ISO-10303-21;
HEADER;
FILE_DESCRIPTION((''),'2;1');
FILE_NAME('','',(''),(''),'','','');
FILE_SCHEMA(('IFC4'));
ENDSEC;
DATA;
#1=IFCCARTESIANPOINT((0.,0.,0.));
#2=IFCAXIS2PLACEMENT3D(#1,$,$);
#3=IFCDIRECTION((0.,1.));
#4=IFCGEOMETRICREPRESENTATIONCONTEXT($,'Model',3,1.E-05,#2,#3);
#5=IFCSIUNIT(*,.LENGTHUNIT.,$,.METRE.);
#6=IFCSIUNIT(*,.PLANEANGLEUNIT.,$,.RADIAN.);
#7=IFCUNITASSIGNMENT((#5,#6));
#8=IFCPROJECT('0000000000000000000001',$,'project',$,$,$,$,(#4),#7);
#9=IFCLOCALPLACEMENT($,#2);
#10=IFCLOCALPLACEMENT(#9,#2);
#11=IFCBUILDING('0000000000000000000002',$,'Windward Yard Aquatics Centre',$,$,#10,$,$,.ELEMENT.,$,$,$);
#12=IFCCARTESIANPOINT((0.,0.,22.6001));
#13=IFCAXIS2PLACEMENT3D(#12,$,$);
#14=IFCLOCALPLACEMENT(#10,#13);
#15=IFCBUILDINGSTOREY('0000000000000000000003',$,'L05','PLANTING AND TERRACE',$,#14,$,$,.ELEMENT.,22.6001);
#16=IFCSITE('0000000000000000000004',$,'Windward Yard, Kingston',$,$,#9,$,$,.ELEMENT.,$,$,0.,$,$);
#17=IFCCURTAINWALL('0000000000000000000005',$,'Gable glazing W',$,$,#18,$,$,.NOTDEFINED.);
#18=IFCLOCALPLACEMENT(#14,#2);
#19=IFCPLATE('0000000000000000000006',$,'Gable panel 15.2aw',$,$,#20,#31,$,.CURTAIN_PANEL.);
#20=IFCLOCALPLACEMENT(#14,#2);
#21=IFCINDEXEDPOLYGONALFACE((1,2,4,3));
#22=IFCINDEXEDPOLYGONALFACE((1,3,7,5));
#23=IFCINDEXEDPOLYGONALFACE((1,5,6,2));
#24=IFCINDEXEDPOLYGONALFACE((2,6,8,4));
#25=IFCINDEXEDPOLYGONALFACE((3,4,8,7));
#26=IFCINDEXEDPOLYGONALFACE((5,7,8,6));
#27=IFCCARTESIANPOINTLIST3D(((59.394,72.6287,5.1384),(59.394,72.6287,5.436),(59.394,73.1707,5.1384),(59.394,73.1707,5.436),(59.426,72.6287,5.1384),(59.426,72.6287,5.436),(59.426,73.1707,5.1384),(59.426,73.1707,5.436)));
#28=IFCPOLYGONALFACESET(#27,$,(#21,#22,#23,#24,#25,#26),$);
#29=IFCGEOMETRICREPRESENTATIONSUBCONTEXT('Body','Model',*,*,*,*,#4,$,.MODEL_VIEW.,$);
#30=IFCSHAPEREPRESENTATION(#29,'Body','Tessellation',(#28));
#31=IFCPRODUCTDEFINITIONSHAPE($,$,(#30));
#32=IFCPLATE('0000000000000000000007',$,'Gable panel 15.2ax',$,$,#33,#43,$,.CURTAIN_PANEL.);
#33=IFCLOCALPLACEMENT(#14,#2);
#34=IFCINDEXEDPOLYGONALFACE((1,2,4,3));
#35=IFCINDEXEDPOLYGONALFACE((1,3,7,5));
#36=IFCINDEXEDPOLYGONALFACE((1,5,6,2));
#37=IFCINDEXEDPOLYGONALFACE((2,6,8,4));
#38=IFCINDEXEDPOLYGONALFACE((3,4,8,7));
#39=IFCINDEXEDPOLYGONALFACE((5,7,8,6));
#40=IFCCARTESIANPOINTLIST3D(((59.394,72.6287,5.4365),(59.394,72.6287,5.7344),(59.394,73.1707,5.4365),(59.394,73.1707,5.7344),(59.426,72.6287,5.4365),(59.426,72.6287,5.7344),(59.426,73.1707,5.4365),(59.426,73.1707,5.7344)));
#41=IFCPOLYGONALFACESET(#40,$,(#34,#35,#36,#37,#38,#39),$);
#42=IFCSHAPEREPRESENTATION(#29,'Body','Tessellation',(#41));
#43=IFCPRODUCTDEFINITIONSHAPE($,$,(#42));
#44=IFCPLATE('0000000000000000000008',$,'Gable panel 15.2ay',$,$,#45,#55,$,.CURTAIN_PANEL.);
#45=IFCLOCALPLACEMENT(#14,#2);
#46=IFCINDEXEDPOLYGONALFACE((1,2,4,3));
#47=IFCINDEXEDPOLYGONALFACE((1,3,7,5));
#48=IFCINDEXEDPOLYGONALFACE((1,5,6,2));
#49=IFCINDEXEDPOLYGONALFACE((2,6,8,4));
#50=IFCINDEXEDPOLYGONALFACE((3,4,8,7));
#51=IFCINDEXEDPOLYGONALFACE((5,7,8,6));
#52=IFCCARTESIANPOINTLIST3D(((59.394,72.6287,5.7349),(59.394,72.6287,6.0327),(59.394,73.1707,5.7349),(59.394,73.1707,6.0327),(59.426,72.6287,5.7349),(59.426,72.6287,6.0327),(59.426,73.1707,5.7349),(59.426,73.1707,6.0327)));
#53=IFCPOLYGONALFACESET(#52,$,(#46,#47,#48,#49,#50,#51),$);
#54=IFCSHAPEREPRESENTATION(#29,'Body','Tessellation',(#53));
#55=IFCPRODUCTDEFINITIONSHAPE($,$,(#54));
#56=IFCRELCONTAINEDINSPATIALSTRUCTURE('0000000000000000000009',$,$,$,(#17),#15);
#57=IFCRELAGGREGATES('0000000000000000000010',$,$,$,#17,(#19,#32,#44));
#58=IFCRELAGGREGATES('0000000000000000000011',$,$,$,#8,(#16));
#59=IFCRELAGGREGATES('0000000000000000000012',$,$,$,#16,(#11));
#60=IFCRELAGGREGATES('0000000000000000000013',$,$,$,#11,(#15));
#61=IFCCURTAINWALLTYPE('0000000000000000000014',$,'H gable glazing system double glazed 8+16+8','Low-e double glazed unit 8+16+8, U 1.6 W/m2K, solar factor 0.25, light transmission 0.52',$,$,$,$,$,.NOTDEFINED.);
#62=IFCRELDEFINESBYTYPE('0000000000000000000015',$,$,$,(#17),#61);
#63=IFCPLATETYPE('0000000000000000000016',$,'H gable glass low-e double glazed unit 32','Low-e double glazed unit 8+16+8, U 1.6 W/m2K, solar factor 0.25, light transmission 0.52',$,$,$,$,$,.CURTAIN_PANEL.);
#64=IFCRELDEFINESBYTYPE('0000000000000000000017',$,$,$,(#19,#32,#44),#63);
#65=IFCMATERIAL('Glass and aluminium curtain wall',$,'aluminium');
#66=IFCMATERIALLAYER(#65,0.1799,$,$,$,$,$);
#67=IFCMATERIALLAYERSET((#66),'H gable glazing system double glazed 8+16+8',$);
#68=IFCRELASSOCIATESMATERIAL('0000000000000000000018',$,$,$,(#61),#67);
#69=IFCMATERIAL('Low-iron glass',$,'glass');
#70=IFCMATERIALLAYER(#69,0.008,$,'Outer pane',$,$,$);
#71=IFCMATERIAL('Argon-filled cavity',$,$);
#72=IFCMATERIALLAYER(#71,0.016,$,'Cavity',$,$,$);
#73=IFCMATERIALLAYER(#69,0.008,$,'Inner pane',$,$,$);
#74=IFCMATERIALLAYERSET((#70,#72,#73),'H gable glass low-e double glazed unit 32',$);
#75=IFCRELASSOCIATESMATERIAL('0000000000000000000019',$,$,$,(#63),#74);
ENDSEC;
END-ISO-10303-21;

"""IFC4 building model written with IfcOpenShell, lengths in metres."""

from ifc_helpers import new_model, si_unit, direction, frame, origin, place, context, subcontext, project, spatial, polyline, outline, extrude, material, layer, layer_set, type_object, element, aggregate, save


model = new_model("IFC4")

# Units and contexts
model_context = context("Model", 3, precision=1e-05, world=origin(), true_north=direction((0.0, 1.0)))
body_context = subcontext(model_context, "Body", "Model", "MODEL_VIEW")
ifc_project = project(units=[si_unit("LENGTHUNIT", "METRE"), si_unit("PLANEANGLEUNIT", "RADIAN")], contexts=[model_context])

# Site, building, storey
site_placement = place(None, origin())
site = spatial("IfcSite", under=ifc_project, at=site_placement, Name="Windward Yard, Kingston", CompositionType="ELEMENT", RefElevation=0.0)
building_placement = place(site_placement, origin())
building = spatial("IfcBuilding", under=site, at=building_placement, Name="Windward Yard Aquatics Centre", CompositionType="ELEMENT")
storey_placement = place(building_placement, frame((0.0, 0.0, 22.6001)))
storey = spatial("IfcBuildingStorey", under=building, at=storey_placement, Name="L05", Description="PLANTING AND TERRACE", CompositionType="ELEMENT", Elevation=22.6001)

# Curtain wall, plates
ifc_material_1 = material(Name="Glass and aluminium curtain wall", Category="aluminium")
ifc_layer_1 = layer(ifc_material_1, 0.1799)
ifc_layer_set_1 = layer_set([ifc_layer_1], Name="H gable glazing system double glazed 8+16+8")
curtain_wall_type = type_object("IfcCurtainWallType", Name="H gable glazing system double glazed 8+16+8", Description="Low-e double glazed unit 8+16+8, U 1.6 W/m2K, solar factor 0.25, light transmission 0.52", PredefinedType="NOTDEFINED", material=ifc_layer_set_1)
curtain_wall_placement = place(storey_placement, origin())
curtain_wall = element("IfcCurtainWall", 1, at=curtain_wall_placement, inside=storey, type_object=curtain_wall_type, Name="Gable glazing W", PredefinedType="NOTDEFINED")
ifc_material_2 = material(Name="Low-iron glass", Category="glass")
ifc_layer_2 = layer(ifc_material_2, 0.008, Name="Outer pane")
ifc_material_3 = material(Name="Argon-filled cavity")
ifc_layer_3 = layer(ifc_material_3, 0.016, Name="Cavity")
ifc_layer_4 = layer(ifc_material_2, 0.008, Name="Inner pane")
ifc_layer_set_2 = layer_set([ifc_layer_2, ifc_layer_3, ifc_layer_4], Name="H gable glass low-e double glazed unit 32")
plate_type = type_object("IfcPlateType", Name="H gable glass low-e double glazed unit 32", Description="Low-e double glazed unit 8+16+8, U 1.6 W/m2K, solar factor 0.25, light transmission 0.52", PredefinedType="CURTAIN_PANEL", material=ifc_layer_set_2)
plate_1_placement = place(storey_placement, frame((59.426, 72.6287, 5.1384), z_axis=(1.0, 0.0, 0.0), x_axis=(0.0, 1.0, 0.0)))
plate_1 = element("IfcPlate", 2, at=plate_1_placement, type_object=plate_type, Name="Gable panel 15.2aw", PredefinedType="CURTAIN_PANEL", context=body_context, shape_type="SweptSolid", body=[
    extrude(outline(polyline([(0.0, 0.0), (0.542, 0.0), (0.542, 0.2976), (0.0, 0.2976), (0.0, 0.0)])), origin(), (0.0, 0.0, -1.0), 0.032),
])
plate_2_placement = place(storey_placement, frame((59.426, 72.6287, 5.4365), z_axis=(1.0, 0.0, 0.0), x_axis=(0.0, 1.0, 0.0)))
plate_2 = element("IfcPlate", 3, at=plate_2_placement, type_object=plate_type, Name="Gable panel 15.2ax", PredefinedType="CURTAIN_PANEL", context=body_context, shape_type="SweptSolid", body=[
    extrude(outline(polyline([(0.0, 0.0), (0.542, 0.0), (0.542, 0.2979), (0.0, 0.2979), (0.0, 0.0)])), origin(), (0.0, 0.0, -1.0), 0.032),
])
plate_3_placement = place(storey_placement, frame((59.426, 72.6287, 5.7349), z_axis=(1.0, 0.0, 0.0), x_axis=(0.0, 1.0, 0.0)))
plate_3 = element("IfcPlate", 4, at=plate_3_placement, type_object=plate_type, Name="Gable panel 15.2ay", PredefinedType="CURTAIN_PANEL", context=body_context, shape_type="SweptSolid", body=[
    extrude(outline(polyline([(0.0, 0.0), (0.542, 0.0), (0.542, 0.2979), (0.0, 0.2979), (0.0, 0.0)])), origin(), (0.0, 0.0, -1.0), 0.032),
])
aggregate(curtain_wall, [plate_1, plate_2, plate_3])

save(model, "model.ifc")
